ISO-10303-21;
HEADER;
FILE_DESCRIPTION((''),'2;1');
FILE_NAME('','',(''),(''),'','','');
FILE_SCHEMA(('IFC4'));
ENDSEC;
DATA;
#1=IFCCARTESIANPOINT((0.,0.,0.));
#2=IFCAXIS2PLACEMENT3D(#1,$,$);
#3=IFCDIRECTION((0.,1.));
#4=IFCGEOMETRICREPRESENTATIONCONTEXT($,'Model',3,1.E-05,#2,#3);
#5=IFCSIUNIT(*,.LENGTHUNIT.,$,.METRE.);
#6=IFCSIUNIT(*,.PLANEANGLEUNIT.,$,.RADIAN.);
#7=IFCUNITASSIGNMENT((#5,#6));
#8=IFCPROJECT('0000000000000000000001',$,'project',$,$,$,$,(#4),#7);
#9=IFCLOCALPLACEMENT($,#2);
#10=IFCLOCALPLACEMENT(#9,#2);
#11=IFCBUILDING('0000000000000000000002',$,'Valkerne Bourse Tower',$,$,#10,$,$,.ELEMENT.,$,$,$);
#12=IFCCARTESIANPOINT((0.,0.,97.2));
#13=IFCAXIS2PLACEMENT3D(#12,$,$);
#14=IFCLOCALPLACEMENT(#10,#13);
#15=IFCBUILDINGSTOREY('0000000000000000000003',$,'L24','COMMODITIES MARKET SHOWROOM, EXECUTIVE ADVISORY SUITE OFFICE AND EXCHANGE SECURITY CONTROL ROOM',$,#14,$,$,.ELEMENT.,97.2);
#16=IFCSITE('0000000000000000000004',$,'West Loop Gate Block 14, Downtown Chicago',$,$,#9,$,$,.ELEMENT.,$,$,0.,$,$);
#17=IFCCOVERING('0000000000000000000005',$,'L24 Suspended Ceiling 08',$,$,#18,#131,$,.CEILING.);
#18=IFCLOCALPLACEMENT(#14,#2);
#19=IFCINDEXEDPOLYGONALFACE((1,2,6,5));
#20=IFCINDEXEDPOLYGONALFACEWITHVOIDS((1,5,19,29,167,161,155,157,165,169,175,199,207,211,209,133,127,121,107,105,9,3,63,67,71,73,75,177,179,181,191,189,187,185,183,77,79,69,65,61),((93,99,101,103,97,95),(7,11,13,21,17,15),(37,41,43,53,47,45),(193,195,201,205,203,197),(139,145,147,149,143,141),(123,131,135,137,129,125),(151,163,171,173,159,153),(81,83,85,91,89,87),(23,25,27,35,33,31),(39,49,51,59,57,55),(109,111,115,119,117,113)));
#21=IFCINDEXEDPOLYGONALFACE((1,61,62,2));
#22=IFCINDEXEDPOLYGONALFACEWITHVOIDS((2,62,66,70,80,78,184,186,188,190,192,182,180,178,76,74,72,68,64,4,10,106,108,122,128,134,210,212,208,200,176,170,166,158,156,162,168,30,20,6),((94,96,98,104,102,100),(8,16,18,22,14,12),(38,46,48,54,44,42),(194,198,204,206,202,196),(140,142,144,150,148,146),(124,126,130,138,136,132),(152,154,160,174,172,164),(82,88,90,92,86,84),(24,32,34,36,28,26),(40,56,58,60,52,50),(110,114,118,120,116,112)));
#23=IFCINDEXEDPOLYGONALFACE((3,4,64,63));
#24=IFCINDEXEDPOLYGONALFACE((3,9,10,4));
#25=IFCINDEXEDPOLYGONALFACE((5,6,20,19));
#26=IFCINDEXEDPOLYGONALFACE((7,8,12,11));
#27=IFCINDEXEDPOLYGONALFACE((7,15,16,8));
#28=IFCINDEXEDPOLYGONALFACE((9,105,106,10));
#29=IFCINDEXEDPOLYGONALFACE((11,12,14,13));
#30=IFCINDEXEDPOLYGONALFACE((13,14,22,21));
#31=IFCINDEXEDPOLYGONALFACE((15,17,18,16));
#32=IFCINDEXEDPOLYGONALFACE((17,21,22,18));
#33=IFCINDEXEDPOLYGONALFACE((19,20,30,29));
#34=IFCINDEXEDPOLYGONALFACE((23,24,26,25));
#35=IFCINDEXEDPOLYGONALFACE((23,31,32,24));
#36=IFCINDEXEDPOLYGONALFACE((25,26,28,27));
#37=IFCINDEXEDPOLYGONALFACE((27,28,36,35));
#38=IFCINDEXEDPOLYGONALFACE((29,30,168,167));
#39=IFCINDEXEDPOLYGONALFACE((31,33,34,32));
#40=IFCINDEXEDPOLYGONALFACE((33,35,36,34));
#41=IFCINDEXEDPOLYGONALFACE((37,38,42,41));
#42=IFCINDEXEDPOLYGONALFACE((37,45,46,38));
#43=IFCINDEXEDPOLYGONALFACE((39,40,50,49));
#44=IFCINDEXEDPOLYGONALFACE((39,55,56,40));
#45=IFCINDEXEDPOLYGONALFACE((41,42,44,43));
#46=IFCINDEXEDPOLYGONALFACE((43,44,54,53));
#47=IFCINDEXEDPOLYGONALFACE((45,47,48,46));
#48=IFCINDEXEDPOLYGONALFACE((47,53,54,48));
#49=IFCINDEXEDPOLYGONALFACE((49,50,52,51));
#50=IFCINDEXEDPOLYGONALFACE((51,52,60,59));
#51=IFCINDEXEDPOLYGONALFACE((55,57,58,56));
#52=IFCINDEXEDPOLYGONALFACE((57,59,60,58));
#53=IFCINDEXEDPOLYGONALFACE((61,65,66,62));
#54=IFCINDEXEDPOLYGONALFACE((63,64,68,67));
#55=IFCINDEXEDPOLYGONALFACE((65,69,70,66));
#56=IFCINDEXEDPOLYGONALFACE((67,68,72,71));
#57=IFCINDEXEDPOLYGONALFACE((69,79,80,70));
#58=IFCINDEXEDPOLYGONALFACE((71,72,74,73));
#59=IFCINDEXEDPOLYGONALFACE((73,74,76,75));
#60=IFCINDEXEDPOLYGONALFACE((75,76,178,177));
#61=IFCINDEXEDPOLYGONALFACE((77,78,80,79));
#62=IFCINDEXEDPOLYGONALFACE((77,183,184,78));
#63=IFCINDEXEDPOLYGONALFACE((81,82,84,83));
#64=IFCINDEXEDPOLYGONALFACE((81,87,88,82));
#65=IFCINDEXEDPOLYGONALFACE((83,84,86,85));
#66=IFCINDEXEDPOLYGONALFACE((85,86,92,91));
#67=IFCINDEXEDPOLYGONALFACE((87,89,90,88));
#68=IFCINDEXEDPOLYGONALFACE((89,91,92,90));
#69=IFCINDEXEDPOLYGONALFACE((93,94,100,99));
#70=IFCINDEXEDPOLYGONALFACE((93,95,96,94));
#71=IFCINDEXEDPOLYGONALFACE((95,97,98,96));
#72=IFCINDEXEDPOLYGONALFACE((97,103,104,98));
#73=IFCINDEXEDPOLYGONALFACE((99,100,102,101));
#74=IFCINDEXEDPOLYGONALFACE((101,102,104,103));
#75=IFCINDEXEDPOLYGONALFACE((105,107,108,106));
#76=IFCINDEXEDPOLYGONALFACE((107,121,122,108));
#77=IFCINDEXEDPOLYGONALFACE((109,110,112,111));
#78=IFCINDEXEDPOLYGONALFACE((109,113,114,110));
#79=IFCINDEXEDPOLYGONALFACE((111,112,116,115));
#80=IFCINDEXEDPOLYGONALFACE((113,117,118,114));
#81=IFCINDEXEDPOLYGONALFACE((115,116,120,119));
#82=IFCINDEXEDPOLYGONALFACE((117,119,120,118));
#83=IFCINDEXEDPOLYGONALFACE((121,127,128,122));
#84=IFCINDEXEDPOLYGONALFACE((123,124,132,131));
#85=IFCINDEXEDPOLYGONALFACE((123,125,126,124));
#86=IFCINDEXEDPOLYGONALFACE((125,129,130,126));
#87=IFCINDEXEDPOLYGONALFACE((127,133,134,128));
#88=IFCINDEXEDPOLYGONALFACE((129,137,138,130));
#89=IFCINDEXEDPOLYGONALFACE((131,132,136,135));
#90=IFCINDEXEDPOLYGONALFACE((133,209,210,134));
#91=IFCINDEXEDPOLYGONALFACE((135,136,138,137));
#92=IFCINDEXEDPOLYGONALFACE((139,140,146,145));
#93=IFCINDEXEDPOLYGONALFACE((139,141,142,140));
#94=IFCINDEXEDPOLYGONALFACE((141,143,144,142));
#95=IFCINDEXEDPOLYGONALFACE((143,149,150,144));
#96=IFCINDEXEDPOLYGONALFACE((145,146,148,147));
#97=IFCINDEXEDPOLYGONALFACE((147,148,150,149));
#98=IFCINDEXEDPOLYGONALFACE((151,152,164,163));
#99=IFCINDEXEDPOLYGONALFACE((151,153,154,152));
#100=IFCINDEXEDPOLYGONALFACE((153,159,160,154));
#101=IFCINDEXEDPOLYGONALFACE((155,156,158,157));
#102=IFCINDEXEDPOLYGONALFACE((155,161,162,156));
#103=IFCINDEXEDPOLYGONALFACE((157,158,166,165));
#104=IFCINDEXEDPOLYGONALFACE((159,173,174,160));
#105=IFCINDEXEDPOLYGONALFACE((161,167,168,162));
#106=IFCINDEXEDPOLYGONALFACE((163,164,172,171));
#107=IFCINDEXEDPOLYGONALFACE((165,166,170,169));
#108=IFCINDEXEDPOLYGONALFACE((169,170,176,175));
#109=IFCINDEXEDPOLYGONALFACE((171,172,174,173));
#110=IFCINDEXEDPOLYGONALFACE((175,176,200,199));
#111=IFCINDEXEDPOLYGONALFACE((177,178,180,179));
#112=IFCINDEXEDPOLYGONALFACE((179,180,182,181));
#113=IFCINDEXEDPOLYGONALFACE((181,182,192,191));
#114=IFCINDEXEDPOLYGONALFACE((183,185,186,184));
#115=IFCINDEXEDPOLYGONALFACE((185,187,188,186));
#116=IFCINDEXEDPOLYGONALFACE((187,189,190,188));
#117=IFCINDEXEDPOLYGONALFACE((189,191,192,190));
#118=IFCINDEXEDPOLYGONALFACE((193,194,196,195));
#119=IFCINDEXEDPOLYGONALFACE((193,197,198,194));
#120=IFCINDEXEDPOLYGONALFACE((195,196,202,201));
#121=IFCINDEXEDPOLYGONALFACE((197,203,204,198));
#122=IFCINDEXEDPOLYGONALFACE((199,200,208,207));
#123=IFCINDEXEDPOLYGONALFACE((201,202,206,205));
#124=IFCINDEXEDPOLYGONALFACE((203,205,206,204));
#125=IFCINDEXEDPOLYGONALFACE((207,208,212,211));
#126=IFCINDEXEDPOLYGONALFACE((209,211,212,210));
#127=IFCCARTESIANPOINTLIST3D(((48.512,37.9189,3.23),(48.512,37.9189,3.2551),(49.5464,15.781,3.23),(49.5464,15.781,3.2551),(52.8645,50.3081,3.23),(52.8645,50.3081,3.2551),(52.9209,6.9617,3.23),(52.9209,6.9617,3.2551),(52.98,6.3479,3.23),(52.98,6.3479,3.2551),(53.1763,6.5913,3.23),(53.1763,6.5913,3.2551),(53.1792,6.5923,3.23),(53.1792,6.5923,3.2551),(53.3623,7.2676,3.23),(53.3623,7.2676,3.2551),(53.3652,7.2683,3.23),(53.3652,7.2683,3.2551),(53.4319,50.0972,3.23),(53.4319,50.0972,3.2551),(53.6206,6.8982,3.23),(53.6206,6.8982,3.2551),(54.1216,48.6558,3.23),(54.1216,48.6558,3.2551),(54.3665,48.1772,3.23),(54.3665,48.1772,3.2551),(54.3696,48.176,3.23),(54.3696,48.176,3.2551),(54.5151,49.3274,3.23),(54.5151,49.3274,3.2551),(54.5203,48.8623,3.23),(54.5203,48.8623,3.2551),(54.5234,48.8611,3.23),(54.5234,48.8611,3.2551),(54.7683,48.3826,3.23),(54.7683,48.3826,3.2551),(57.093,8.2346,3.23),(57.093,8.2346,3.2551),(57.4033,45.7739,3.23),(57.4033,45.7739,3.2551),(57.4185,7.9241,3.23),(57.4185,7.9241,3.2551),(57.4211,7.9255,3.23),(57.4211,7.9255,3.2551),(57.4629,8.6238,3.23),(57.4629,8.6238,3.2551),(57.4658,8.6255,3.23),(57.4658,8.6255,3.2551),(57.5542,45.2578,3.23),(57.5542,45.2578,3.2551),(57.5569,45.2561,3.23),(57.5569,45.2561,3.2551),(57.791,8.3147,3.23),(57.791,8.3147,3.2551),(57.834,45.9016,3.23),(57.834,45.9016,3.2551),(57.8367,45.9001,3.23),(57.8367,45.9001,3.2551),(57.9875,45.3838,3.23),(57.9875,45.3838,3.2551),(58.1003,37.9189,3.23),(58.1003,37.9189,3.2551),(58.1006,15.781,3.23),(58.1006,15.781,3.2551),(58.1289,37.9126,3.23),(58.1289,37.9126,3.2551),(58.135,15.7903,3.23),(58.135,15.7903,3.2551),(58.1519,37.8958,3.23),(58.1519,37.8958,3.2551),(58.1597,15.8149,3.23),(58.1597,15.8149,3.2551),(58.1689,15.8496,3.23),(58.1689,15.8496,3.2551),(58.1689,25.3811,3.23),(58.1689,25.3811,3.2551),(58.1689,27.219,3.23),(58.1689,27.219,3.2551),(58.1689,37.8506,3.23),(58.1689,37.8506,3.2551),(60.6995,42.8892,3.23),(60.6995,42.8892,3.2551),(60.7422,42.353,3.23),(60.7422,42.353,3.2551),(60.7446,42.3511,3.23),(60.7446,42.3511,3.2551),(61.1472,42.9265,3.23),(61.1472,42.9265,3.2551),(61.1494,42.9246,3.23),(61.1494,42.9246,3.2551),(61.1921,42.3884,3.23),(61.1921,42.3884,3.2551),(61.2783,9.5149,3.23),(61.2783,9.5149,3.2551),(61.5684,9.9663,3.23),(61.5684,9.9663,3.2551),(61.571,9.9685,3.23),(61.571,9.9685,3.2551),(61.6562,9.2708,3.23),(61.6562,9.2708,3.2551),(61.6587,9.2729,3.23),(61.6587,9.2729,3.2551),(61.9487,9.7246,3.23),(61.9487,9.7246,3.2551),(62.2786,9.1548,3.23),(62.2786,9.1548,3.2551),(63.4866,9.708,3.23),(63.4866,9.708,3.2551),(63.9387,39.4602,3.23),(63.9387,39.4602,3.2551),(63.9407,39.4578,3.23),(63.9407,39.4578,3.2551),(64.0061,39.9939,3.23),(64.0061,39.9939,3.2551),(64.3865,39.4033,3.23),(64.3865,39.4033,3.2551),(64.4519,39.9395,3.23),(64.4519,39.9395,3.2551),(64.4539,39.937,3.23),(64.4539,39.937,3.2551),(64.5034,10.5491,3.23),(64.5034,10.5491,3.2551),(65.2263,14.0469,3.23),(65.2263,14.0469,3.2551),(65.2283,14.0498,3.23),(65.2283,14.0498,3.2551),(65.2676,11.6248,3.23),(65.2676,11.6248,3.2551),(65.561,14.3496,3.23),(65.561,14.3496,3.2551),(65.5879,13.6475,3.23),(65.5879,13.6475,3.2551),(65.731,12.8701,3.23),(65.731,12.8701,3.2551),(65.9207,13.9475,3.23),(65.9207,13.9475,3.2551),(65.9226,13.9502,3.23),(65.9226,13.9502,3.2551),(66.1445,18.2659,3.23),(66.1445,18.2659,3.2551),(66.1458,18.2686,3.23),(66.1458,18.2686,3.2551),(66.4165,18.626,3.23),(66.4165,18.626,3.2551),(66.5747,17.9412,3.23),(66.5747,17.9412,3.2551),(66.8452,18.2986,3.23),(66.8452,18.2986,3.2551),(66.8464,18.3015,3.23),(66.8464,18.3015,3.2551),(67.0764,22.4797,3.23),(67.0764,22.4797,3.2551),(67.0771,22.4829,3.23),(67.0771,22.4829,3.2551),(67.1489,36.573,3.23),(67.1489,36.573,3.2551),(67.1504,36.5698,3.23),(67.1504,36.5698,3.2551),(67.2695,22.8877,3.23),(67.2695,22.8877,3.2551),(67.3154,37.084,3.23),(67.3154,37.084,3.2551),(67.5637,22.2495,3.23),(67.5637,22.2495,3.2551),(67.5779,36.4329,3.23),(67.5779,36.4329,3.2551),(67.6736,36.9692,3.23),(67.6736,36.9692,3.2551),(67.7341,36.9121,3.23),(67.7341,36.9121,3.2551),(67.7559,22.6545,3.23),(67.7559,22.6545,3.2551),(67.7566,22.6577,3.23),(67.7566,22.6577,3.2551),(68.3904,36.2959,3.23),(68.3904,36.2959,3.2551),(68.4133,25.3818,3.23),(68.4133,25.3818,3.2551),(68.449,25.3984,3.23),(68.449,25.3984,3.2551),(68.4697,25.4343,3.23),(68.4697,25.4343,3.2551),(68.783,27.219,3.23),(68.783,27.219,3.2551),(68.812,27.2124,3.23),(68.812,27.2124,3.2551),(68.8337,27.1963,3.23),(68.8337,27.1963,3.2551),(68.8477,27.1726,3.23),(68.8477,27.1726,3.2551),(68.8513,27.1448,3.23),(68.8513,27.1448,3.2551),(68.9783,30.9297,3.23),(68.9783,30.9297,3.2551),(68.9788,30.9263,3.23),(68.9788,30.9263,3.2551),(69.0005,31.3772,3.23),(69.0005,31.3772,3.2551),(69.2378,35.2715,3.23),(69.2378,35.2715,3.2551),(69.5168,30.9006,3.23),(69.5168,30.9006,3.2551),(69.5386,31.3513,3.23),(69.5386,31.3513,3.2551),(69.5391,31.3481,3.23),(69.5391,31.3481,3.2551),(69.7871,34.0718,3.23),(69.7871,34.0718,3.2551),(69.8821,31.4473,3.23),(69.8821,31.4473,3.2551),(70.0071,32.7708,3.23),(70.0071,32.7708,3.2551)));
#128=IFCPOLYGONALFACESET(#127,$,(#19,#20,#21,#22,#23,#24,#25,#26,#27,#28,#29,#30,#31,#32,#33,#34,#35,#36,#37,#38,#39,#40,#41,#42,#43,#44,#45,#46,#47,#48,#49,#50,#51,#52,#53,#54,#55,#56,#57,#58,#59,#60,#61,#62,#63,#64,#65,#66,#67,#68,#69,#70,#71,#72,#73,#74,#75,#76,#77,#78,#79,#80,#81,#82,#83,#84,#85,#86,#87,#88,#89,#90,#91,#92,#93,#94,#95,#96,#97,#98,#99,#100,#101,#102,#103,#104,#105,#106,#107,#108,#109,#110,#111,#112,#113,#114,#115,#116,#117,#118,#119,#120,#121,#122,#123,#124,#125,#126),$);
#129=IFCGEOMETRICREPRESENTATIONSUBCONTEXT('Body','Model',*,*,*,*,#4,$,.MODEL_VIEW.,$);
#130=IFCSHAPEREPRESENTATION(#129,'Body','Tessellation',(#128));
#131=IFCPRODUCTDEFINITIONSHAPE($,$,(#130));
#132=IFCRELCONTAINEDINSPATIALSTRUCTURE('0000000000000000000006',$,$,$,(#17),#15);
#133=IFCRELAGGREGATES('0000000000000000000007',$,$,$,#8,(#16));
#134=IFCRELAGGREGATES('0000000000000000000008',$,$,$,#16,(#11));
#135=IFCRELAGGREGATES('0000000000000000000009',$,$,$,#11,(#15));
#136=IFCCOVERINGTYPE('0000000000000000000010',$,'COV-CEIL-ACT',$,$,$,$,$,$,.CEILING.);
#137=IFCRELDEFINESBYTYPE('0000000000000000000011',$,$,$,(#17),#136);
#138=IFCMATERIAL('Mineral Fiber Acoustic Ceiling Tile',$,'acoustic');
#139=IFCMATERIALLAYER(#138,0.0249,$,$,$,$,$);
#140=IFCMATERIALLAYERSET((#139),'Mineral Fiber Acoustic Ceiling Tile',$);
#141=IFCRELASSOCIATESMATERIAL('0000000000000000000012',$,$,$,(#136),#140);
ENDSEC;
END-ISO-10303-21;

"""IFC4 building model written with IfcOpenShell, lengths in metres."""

from ifc_helpers import new_model, si_unit, direction, frame, origin, place, context, subcontext, project, spatial, polyline, outline, extrude, material, layer, layer_set, type_object, element, save


model = new_model("IFC4")

# Units and contexts
model_context = context("Model", 3, precision=1e-05, world=origin(), true_north=direction((0.0, 1.0)))
body_context = subcontext(model_context, "Body", "Model", "MODEL_VIEW")
ifc_project = project(units=[si_unit("LENGTHUNIT", "METRE"), si_unit("PLANEANGLEUNIT", "RADIAN")], contexts=[model_context])

# Site, building, storey
site_placement = place(None, origin())
site = spatial("IfcSite", under=ifc_project, at=site_placement, Name="West Loop Gate Block 14, Downtown Chicago", CompositionType="ELEMENT", RefElevation=0.0)
building_placement = place(site_placement, origin())
building = spatial("IfcBuilding", under=site, at=building_placement, Name="Valkerne Bourse Tower", CompositionType="ELEMENT")
storey_placement = place(building_placement, frame((0.0, 0.0, 97.2)))
storey = spatial("IfcBuildingStorey", under=building, at=storey_placement, Name="L24", Description="COMMODITIES MARKET SHOWROOM, EXECUTIVE ADVISORY SUITE OFFICE AND EXCHANGE SECURITY CONTROL ROOM", CompositionType="ELEMENT", Elevation=97.2)

# Covering
ifc_material_1 = material(Name="Mineral Fiber Acoustic Ceiling Tile", Category="acoustic")
ifc_layer_1 = layer(ifc_material_1, 0.0249)
ifc_layer_set_1 = layer_set([ifc_layer_1], Name="Mineral Fiber Acoustic Ceiling Tile")
covering_type_1 = type_object("IfcCoveringType", Name="COV-CEIL-ACT", PredefinedType="CEILING", material=ifc_layer_set_1)
covering_1_placement = place(storey_placement, frame((0.0, 0.0, 3.23)))
element("IfcCovering", 1, at=covering_1_placement, inside=storey, type_object=covering_type_1, Name="L24 Suspended Ceiling 08", PredefinedType="CEILING", context=body_context, shape_type="SweptSolid", body=[
    extrude(outline(polyline([(63.4866, 9.708), (62.2786, 9.1548), (52.98, 6.3479), (49.5464, 15.781), (58.1006, 15.781), (58.135, 15.7903), (58.1597, 15.8149), (58.1689, 15.8496), (58.1689, 25.3811), (68.4133, 25.3818), (68.449, 25.3984), (68.4697, 25.4343), (68.8513, 27.1448), (68.8477, 27.1726), (68.8337, 27.1963), (68.812, 27.2124), (68.783, 27.219), (58.1689, 27.219), (58.1689, 37.8506), (58.1519, 37.8958), (58.1289, 37.9126), (58.1003, 37.9189), (48.512, 37.9189), (52.8645, 50.3081), (53.4319, 50.0972), (54.5151, 49.3274), (67.6736, 36.9692), (67.3154, 37.084), (67.1489, 36.573), (67.1504, 36.5698), (67.5779, 36.4329), (67.7341, 36.9121), (68.3904, 36.2959), (69.2378, 35.2715), (69.7871, 34.0718), (70.0071, 32.7708), (69.8821, 31.4473), (65.731, 12.8701), (65.2676, 11.6248), (64.5034, 10.5491), (63.4866, 9.708)]), holes=[polyline([(53.6206, 6.8982), (53.3652, 7.2683), (53.3623, 7.2676), (52.9209, 6.9617), (53.1763, 6.5913), (53.1792, 6.5923), (53.6206, 6.8982)]), polyline([(54.5234, 48.8611), (54.5203, 48.8623), (54.1216, 48.6558), (54.3665, 48.1772), (54.3696, 48.176), (54.7683, 48.3826), (54.5234, 48.8611)]), polyline([(57.4211, 7.9255), (57.791, 8.3147), (57.4658, 8.6255), (57.4629, 8.6238), (57.093, 8.2346), (57.4185, 7.9241), (57.4211, 7.9255)]), polyline([(61.6587, 9.2729), (61.9487, 9.7246), (61.571, 9.9685), (61.5684, 9.9663), (61.2783, 9.5149), (61.6562, 9.2708), (61.6587, 9.2729)]), polyline([(65.9226, 13.9502), (65.561, 14.3496), (65.2283, 14.0498), (65.2263, 14.0469), (65.5879, 13.6475), (65.9207, 13.9475), (65.9226, 13.9502)]), polyline([(66.8464, 18.3015), (66.4165, 18.626), (66.1458, 18.2686), (66.1445, 18.2659), (66.5747, 17.9412), (66.8452, 18.2986), (66.8464, 18.3015)]), polyline([(67.7566, 22.6577), (67.2695, 22.8877), (67.0771, 22.4829), (67.0764, 22.4797), (67.5637, 22.2495), (67.7559, 22.6545), (67.7566, 22.6577)]), polyline([(69.5386, 31.3513), (69.0005, 31.3772), (68.9783, 30.9297), (68.9788, 30.9263), (69.5168, 30.9006), (69.5391, 31.3481), (69.5386, 31.3513)]), polyline([(64.4539, 39.937), (64.4519, 39.9395), (64.0061, 39.9939), (63.9387, 39.4602), (63.9407, 39.4578), (64.3865, 39.4033), (64.4539, 39.937)]), polyline([(61.1494, 42.9246), (61.1472, 42.9265), (60.6995, 42.8892), (60.7422, 42.353), (60.7446, 42.3511), (61.1921, 42.3884), (61.1494, 42.9246)]), polyline([(57.9875, 45.3838), (57.8367, 45.9001), (57.834, 45.9016), (57.4033, 45.7739), (57.5542, 45.2578), (57.5569, 45.2561), (57.9875, 45.3838)])]), origin(), (0.0, 0.0, 1.0), 0.0251),
])

save(model, "model.ifc")
